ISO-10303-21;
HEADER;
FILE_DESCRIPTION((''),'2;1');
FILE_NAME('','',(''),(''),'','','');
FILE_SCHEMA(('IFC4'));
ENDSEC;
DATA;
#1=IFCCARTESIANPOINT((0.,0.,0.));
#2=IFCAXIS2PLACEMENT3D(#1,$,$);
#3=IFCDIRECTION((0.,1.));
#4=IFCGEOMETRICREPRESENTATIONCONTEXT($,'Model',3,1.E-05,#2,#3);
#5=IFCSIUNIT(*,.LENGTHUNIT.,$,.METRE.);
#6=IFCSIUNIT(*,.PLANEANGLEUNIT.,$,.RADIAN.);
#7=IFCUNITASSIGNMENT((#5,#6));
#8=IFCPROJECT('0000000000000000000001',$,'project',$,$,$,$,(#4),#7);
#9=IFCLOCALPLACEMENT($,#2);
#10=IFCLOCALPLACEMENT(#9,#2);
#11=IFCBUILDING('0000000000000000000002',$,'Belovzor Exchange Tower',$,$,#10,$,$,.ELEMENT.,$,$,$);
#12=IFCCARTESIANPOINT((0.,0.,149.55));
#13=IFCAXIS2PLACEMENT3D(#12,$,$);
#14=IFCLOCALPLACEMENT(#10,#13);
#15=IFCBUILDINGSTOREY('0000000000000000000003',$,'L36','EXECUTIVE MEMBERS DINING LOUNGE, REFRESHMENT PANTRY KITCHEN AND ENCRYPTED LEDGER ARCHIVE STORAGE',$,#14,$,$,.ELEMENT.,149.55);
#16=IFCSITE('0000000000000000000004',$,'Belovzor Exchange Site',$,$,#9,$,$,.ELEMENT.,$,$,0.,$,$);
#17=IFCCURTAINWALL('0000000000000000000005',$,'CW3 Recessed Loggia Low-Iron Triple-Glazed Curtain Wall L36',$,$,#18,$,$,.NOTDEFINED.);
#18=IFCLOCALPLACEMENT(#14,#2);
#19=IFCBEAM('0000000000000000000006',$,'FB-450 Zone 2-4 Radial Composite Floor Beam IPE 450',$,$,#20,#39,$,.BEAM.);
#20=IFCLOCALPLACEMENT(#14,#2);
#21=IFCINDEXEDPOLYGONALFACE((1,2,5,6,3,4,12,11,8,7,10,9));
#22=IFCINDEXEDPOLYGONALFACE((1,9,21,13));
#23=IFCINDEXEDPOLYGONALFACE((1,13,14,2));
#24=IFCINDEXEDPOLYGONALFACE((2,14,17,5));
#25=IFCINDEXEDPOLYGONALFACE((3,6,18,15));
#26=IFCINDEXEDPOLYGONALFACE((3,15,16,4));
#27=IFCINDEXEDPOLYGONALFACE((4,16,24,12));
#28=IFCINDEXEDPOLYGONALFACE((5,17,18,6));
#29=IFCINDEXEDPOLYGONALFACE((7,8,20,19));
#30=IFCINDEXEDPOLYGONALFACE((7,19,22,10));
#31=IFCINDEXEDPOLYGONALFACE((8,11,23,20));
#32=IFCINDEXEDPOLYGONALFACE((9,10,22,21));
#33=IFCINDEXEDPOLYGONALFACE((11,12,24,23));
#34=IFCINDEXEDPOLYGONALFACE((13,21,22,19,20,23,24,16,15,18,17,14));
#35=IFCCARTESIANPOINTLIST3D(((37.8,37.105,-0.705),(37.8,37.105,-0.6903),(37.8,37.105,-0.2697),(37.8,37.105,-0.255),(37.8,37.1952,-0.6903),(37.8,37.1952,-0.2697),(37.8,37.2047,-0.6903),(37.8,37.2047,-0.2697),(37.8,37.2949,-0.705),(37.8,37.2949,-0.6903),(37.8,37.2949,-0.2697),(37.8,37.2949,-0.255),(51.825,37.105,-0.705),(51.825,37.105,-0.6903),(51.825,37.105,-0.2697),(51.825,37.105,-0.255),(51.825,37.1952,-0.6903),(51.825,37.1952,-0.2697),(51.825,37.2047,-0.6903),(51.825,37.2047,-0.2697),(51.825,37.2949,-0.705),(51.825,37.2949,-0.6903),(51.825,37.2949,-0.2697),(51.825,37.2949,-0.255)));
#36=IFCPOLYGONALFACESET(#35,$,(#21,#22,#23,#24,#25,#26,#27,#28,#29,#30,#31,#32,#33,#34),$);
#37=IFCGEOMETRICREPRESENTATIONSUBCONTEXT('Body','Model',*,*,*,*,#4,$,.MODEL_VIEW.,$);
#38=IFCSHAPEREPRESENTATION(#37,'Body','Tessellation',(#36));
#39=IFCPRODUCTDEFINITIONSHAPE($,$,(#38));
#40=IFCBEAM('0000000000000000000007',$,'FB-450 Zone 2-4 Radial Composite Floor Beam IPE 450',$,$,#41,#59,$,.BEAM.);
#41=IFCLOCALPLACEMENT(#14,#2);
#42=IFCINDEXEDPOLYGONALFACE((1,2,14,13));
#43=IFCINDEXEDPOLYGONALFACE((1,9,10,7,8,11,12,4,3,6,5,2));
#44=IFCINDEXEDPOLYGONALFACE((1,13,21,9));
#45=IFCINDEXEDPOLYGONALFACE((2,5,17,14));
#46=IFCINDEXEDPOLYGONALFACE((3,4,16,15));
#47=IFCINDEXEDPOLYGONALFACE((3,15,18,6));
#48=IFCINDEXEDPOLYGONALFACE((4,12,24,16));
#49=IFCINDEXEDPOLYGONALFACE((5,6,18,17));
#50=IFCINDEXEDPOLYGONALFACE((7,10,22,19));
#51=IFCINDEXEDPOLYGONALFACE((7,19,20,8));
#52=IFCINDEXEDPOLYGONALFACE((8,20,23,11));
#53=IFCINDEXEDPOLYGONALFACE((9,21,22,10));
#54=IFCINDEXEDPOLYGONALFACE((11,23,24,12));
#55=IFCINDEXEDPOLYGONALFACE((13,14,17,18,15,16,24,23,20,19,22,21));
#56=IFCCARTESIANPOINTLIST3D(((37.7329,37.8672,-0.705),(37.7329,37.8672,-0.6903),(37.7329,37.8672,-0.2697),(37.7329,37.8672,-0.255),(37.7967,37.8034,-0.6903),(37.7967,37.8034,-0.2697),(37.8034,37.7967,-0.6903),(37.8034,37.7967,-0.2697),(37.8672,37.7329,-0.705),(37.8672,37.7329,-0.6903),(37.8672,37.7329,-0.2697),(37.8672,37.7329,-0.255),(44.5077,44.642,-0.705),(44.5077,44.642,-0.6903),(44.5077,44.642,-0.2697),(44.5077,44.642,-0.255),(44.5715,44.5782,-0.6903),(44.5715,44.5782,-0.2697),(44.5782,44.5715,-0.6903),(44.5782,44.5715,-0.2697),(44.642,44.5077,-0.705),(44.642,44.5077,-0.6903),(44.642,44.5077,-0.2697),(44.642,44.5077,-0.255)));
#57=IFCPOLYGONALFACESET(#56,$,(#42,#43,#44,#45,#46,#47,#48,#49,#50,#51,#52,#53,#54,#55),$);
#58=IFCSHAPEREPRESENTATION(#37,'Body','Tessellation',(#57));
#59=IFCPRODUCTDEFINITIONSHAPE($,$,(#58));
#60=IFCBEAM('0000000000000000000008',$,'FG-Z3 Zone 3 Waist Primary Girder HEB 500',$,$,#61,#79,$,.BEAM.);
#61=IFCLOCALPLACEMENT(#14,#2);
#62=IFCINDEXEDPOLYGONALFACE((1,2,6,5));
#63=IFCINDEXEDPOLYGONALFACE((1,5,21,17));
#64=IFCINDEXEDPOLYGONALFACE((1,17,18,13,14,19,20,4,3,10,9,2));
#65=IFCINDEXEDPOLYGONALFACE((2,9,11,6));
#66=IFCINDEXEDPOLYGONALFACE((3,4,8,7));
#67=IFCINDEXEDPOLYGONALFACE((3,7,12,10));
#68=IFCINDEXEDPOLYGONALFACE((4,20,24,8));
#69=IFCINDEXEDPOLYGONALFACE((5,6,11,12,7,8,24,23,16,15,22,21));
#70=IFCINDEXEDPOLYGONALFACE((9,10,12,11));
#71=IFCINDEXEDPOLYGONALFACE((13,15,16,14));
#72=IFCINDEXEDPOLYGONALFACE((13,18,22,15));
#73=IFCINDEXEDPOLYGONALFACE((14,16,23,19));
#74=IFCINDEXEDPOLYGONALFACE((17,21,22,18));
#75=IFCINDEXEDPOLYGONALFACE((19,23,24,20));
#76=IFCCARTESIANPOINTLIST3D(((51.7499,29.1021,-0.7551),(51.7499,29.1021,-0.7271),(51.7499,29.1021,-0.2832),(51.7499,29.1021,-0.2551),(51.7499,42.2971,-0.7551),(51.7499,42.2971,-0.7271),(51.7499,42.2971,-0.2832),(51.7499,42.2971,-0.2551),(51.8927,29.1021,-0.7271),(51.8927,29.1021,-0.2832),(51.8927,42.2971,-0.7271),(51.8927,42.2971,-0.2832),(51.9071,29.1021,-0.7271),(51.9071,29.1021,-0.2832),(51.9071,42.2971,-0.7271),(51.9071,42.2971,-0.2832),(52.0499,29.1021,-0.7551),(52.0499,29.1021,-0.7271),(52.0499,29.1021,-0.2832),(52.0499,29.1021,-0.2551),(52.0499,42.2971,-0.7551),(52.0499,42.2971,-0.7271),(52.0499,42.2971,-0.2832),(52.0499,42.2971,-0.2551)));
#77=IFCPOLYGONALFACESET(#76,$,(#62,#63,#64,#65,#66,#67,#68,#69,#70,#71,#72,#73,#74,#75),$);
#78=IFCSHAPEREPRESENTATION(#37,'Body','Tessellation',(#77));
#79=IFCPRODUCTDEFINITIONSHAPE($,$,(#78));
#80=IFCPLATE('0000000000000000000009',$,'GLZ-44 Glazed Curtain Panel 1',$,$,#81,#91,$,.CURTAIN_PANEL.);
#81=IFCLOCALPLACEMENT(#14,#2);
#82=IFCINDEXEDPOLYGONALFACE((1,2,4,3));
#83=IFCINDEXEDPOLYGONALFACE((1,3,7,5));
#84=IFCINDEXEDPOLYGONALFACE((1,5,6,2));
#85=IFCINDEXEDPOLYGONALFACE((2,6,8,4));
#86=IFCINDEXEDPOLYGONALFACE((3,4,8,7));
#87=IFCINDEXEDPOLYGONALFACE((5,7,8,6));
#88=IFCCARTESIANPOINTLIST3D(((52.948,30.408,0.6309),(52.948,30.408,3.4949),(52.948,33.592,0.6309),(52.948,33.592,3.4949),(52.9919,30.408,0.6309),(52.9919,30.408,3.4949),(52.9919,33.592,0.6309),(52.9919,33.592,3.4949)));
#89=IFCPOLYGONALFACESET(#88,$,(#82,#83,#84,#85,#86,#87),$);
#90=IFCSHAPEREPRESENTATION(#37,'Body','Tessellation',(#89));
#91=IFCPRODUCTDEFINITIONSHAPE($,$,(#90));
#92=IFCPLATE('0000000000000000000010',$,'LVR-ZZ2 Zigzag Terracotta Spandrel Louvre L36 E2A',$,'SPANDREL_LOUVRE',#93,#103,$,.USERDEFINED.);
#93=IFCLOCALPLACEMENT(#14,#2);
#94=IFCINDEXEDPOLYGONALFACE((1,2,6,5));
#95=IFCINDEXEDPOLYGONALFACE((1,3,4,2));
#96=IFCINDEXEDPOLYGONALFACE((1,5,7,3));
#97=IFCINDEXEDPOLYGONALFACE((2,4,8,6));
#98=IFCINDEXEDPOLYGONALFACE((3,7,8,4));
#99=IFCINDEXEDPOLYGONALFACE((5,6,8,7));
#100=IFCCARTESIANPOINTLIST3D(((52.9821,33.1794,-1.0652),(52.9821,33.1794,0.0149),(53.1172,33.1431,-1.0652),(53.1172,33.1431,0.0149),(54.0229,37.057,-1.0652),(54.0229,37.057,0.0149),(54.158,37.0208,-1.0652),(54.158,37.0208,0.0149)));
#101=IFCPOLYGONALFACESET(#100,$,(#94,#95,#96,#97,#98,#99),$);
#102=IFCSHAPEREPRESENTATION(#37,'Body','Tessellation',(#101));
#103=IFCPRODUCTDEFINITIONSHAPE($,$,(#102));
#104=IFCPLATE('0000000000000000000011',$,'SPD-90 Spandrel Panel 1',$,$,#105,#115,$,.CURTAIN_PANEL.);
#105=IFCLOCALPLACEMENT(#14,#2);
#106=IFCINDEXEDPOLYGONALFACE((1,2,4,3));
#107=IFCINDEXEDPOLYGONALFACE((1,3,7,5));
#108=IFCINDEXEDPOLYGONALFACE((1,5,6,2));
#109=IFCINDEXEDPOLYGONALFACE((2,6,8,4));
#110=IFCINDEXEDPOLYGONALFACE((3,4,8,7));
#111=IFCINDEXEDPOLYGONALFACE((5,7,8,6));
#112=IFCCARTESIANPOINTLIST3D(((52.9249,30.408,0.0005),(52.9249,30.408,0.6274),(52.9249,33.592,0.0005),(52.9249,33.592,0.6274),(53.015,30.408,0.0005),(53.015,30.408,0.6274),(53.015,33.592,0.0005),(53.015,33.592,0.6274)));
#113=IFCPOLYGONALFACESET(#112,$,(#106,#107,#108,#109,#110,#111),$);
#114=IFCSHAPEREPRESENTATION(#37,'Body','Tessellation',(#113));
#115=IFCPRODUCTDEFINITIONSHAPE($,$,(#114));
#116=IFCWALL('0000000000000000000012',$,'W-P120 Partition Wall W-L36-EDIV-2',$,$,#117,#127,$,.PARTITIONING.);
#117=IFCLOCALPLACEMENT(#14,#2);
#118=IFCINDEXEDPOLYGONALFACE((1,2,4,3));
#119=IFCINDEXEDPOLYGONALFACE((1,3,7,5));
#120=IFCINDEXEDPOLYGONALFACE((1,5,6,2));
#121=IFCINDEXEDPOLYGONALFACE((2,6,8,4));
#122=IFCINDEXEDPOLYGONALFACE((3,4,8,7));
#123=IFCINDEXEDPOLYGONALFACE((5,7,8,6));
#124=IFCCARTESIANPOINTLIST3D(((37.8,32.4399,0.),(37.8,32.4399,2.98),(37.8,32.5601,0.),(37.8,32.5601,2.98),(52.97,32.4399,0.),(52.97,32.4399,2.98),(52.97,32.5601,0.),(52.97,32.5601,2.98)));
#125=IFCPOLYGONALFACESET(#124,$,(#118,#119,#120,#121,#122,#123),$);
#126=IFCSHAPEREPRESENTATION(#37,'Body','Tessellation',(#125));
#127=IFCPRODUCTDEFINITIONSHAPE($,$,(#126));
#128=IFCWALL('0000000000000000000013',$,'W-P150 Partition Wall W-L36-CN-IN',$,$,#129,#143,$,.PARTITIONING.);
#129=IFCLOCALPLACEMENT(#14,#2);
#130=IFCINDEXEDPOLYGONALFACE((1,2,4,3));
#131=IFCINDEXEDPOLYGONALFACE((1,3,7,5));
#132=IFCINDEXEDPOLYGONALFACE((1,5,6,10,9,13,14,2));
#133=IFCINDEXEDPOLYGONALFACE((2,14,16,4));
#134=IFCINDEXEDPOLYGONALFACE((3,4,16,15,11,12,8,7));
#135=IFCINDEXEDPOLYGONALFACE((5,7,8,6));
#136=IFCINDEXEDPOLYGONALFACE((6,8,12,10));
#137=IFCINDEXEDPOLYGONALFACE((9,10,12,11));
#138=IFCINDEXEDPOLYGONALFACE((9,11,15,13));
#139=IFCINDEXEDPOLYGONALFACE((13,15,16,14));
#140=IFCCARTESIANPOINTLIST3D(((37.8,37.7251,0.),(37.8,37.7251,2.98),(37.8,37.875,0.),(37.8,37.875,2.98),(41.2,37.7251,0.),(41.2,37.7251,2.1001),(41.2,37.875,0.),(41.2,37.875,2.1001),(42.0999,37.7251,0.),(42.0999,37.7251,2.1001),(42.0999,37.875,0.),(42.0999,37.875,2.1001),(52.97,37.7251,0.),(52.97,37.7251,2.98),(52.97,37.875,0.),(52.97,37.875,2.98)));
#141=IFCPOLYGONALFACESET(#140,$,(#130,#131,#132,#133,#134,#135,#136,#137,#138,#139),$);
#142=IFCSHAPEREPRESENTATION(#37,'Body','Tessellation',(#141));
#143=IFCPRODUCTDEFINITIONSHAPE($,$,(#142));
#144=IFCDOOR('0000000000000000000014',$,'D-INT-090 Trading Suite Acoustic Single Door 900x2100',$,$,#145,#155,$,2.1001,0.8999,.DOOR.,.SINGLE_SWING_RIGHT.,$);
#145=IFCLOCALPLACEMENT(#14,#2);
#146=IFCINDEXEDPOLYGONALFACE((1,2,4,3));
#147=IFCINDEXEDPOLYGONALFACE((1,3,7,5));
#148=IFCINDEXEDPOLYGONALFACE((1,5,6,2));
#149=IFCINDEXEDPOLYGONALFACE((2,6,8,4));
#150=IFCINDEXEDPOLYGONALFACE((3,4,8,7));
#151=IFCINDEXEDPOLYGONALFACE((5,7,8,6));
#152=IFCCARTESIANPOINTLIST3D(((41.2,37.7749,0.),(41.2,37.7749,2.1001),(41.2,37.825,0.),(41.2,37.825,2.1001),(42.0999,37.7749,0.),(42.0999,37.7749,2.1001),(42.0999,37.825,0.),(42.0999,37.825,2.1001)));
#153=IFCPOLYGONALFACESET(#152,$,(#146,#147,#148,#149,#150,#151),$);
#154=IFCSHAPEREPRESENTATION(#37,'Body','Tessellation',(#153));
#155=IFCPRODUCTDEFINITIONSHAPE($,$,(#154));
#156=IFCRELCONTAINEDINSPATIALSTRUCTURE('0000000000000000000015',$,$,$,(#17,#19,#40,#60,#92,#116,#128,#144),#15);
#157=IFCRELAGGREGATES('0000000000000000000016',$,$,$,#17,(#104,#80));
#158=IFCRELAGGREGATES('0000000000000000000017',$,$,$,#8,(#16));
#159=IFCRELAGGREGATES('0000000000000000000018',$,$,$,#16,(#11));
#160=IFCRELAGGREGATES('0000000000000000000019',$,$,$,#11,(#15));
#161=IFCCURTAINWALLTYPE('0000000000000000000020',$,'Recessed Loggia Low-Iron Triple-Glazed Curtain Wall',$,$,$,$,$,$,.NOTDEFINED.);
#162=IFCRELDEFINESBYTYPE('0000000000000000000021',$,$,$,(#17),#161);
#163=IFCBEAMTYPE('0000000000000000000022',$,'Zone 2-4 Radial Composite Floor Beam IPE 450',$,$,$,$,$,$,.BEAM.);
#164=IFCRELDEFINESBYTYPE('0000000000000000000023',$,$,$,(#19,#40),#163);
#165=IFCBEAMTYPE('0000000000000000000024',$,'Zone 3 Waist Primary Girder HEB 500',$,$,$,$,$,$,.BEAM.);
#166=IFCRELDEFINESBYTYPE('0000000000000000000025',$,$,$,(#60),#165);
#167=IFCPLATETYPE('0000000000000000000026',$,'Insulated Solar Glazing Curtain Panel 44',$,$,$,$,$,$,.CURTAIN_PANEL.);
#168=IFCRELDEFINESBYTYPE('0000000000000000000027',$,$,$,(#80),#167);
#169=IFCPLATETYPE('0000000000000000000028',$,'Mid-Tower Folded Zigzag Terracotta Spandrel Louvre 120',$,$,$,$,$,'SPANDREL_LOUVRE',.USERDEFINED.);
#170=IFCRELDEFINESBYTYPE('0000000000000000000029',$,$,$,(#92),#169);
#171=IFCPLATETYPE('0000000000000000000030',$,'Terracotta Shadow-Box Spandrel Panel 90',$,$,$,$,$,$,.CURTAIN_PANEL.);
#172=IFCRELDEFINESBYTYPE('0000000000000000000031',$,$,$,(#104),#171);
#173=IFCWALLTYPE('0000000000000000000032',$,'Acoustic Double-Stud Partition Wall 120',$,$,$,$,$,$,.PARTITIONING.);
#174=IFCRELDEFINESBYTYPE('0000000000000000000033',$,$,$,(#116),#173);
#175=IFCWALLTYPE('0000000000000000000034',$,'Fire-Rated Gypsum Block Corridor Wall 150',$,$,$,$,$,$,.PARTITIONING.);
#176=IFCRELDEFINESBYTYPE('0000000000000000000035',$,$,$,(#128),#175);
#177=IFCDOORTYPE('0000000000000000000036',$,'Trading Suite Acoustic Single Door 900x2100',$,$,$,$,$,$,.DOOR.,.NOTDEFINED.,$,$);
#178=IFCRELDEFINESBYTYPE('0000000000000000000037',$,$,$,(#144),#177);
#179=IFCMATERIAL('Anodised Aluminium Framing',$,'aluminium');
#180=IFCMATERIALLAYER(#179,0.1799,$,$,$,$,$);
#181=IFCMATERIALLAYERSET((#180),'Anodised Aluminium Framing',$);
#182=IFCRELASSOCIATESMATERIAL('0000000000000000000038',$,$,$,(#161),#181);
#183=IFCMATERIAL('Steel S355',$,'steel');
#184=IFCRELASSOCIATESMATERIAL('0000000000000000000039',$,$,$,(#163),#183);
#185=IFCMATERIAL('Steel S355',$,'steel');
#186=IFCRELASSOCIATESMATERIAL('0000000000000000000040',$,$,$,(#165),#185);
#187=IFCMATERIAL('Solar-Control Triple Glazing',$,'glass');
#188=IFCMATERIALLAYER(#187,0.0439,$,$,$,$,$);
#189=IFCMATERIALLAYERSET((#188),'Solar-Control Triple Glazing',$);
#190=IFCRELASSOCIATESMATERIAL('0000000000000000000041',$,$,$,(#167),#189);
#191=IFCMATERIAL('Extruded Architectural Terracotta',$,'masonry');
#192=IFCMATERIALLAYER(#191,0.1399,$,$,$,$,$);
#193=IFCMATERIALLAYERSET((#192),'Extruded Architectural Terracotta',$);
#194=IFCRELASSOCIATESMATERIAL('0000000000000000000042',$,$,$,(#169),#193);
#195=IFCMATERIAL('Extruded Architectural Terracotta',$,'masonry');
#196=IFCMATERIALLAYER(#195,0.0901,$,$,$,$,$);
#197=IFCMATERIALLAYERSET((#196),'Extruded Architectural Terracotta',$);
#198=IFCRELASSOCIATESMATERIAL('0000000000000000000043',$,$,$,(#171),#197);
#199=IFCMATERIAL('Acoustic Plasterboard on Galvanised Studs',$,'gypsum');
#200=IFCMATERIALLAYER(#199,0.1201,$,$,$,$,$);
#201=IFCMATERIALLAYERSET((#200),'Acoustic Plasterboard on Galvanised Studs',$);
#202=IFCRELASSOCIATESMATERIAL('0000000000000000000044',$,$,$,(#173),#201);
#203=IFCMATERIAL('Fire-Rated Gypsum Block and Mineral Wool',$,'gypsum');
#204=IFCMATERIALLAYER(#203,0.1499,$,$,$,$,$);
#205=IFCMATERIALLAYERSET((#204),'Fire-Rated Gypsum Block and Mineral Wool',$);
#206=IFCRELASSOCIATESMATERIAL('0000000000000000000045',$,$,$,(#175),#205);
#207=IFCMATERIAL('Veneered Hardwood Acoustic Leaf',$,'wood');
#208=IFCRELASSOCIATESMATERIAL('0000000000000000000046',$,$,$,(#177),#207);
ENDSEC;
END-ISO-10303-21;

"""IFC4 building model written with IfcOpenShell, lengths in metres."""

from ifc_helpers import new_model, si_unit, direction, frame, frame_2d, origin, origin_2d, place, context, subcontext, project, spatial, rectangle, i_section, extrude, material, layer, layer_set, material_profile, profile_set, type_object, element, fill, aggregate, save


model = new_model("IFC4")

# Units and contexts
model_context = context("Model", 3, precision=1e-05, world=origin(), true_north=direction((0.0, 1.0)))
body_context = subcontext(model_context, "Body", "Model", "MODEL_VIEW")
ifc_project = project(units=[si_unit("LENGTHUNIT", "METRE"), si_unit("PLANEANGLEUNIT", "RADIAN")], contexts=[model_context])

# Site, building, storey
site_placement = place(None, origin())
site = spatial("IfcSite", under=ifc_project, at=site_placement, Name="Belovzor Exchange Site", CompositionType="ELEMENT", RefElevation=0.0)
building_placement = place(site_placement, origin())
building = spatial("IfcBuilding", under=site, at=building_placement, Name="Belovzor Exchange Tower", CompositionType="ELEMENT")
storey_placement = place(building_placement, frame((0.0, 0.0, 149.55)))
storey = spatial("IfcBuildingStorey", under=building, at=storey_placement, Name="L36", Description="EXECUTIVE MEMBERS DINING LOUNGE, REFRESHMENT PANTRY KITCHEN AND ENCRYPTED LEDGER ARCHIVE STORAGE", CompositionType="ELEMENT", Elevation=149.55)

# Curtain wall
ifc_material_1 = material(Name="Anodised Aluminium Framing", Category="aluminium")
ifc_layer_1 = layer(ifc_material_1, 0.1799)
ifc_layer_set_1 = layer_set([ifc_layer_1], Name="Anodised Aluminium Framing")
curtain_wall_type = type_object("IfcCurtainWallType", Name="Recessed Loggia Low-Iron Triple-Glazed Curtain Wall", PredefinedType="NOTDEFINED", material=ifc_layer_set_1)
curtain_wall_placement = place(storey_placement, origin())
curtain_wall = element("IfcCurtainWall", 1, at=curtain_wall_placement, inside=storey, type_object=curtain_wall_type, Name="CW3 Recessed Loggia Low-Iron Triple-Glazed Curtain Wall L36", PredefinedType="NOTDEFINED")

# Beams
ifc_material_2 = material(Name="Steel S355", Category="steel")
ifc_material_profile_1 = material_profile(ifc_material_2, i_section(OverallWidth=0.1899, OverallDepth=0.45, WebThickness=0.0095, FlangeThickness=0.0146, at=origin_2d()))
ifc_profile_set_1 = profile_set([ifc_material_profile_1], Name="Steel S355")
beam_type_1 = type_object("IfcBeamType", Name="Zone 2-4 Radial Composite Floor Beam IPE 450", PredefinedType="BEAM", material=ifc_profile_set_1)
for number, where, z_axis, x_axis, name in (
    (2, (37.8, 37.2, -0.48), (1.0, 0.0, 0.0), (0.0, 1.0, 0.0), "FB-450 Zone 2-4 Radial Composite Floor Beam IPE 450"),
):
    element("IfcBeam", number, at=place(storey_placement, frame(where, z_axis=z_axis, x_axis=x_axis)), inside=storey, type_object=beam_type_1, Name=name, PredefinedType="BEAM", context=body_context, shape_type="SweptSolid", body=[
        extrude(i_section(OverallWidth=0.1899, OverallDepth=0.45, WebThickness=0.0095, FlangeThickness=0.0146, at=origin_2d()), origin(), (0.0, 0.0, 1.0), 14.0249),
    ])
beam_1_placement = place(storey_placement, frame((37.8, 37.8, -0.48), z_axis=(0.707107, 0.707107, 0.0), x_axis=(-0.707107, 0.707107, 0.0)))
element("IfcBeam", 3, at=beam_1_placement, inside=storey, type_object=beam_type_1, Name="FB-450 Zone 2-4 Radial Composite Floor Beam IPE 450", PredefinedType="BEAM", context=body_context, shape_type="SweptSolid", body=[
    extrude(i_section(OverallWidth=0.1899, OverallDepth=0.45, WebThickness=0.0095, FlangeThickness=0.0146, at=origin_2d()), origin(), (0.0, 0.0, 1.0), 9.5811),
])
ifc_material_3 = material(Name="Steel S355", Category="steel")
ifc_material_profile_2 = material_profile(ifc_material_3, i_section(OverallWidth=0.3, OverallDepth=0.5, WebThickness=0.0144, FlangeThickness=0.0281, at=origin_2d()))
ifc_profile_set_2 = profile_set([ifc_material_profile_2], Name="Steel S355")
beam_type_2 = type_object("IfcBeamType", Name="Zone 3 Waist Primary Girder HEB 500", PredefinedType="BEAM", material=ifc_profile_set_2)
beam_2_placement = place(storey_placement, frame((51.8999, 29.1021, -0.5051), z_axis=(0.0, 1.0, 0.0), x_axis=(-1.0, 0.0, 0.0)))
element("IfcBeam", 4, at=beam_2_placement, inside=storey, type_object=beam_type_2, Name="FG-Z3 Zone 3 Waist Primary Girder HEB 500", PredefinedType="BEAM", context=body_context, shape_type="SweptSolid", body=[
    extrude(i_section(OverallWidth=0.3, OverallDepth=0.5, WebThickness=0.0144, FlangeThickness=0.0281, at=origin_2d()), origin(), (0.0, 0.0, 1.0), 13.1951),
])

# Plates
ifc_material_4 = material(Name="Solar-Control Triple Glazing", Category="glass")
ifc_layer_2 = layer(ifc_material_4, 0.0439)
ifc_layer_set_2 = layer_set([ifc_layer_2], Name="Solar-Control Triple Glazing")
plate_type_1 = type_object("IfcPlateType", Name="Insulated Solar Glazing Curtain Panel 44", PredefinedType="CURTAIN_PANEL", material=ifc_layer_set_2)
plate_1_placement = place(storey_placement, frame((52.97, 32.0, 0.6309), z_axis=(0.0, 0.0, 1.0), x_axis=(0.0, -1.0, 0.0)))
plate_1 = element("IfcPlate", 5, at=plate_1_placement, type_object=plate_type_1, Name="GLZ-44 Glazed Curtain Panel 1", PredefinedType="CURTAIN_PANEL", context=body_context, shape_type="SweptSolid", body=[
    extrude(rectangle(XDim=3.1841, YDim=0.0439, at=origin_2d()), origin(), (0.0, 0.0, 1.0), 2.864),
])
ifc_material_5 = material(Name="Extruded Architectural Terracotta", Category="masonry")
ifc_layer_3 = layer(ifc_material_5, 0.1399)
ifc_layer_set_3 = layer_set([ifc_layer_3], Name="Extruded Architectural Terracotta")
plate_type_2 = type_object("IfcPlateType", Name="Mid-Tower Folded Zigzag Terracotta Spandrel Louvre 120", ElementType="SPANDREL_LOUVRE", PredefinedType="USERDEFINED", material=ifc_layer_set_3)
plate_2_placement = place(storey_placement, frame((53.5701, 35.1001, -1.0652), z_axis=(0.0, 0.0, 1.0), x_axis=(0.25924, 0.965813, 0.0)))
element("IfcPlate", 6, at=plate_2_placement, inside=storey, type_object=plate_type_2, Name="LVR-ZZ2 Zigzag Terracotta Spandrel Louvre L36 E2A", ObjectType="SPANDREL_LOUVRE", PredefinedType="USERDEFINED", context=body_context, shape_type="SweptSolid", body=[
    extrude(rectangle(XDim=4.0149, YDim=0.1399, at=origin_2d()), origin(), (0.0, 0.0, 1.0), 1.0801),
])
ifc_material_6 = material(Name="Extruded Architectural Terracotta", Category="masonry")
ifc_layer_4 = layer(ifc_material_6, 0.0901)
ifc_layer_set_4 = layer_set([ifc_layer_4], Name="Extruded Architectural Terracotta")
plate_type_3 = type_object("IfcPlateType", Name="Terracotta Shadow-Box Spandrel Panel 90", PredefinedType="CURTAIN_PANEL", material=ifc_layer_set_4)
plate_3_placement = place(storey_placement, frame((52.97, 32.0, 0.0005), z_axis=(0.0, 0.0, 1.0), x_axis=(0.0, -1.0, 0.0)))
plate_3 = element("IfcPlate", 7, at=plate_3_placement, type_object=plate_type_3, Name="SPD-90 Spandrel Panel 1", PredefinedType="CURTAIN_PANEL", context=body_context, shape_type="SweptSolid", body=[
    extrude(rectangle(XDim=3.1841, YDim=0.0901, at=origin_2d()), origin(), (0.0, 0.0, 1.0), 0.627),
])
aggregate(curtain_wall, [plate_3, plate_1])

# Wall
ifc_material_7 = material(Name="Acoustic Plasterboard on Galvanised Studs", Category="gypsum")
ifc_layer_5 = layer(ifc_material_7, 0.1201)
ifc_layer_set_5 = layer_set([ifc_layer_5], Name="Acoustic Plasterboard on Galvanised Studs")
wall_type_1 = type_object("IfcWallType", Name="Acoustic Double-Stud Partition Wall 120", PredefinedType="PARTITIONING", material=ifc_layer_set_5)
wall_1_placement = place(storey_placement, frame((37.8, 32.5, 0.0), z_axis=(0.0, 0.0, 1.0), x_axis=(1.0, 0.0, 0.0)))
element("IfcWall", 8, at=wall_1_placement, inside=storey, type_object=wall_type_1, Name="W-P120 Partition Wall W-L36-EDIV-2", PredefinedType="PARTITIONING", context=body_context, shape_type="SweptSolid", body=[
    extrude(rectangle(XDim=15.1699, YDim=0.1201, at=frame_2d((7.585, 0.0))), origin(), (0.0, 0.0, 1.0), 2.98),
])

# Wall, opening, door
ifc_material_8 = material(Name="Fire-Rated Gypsum Block and Mineral Wool", Category="gypsum")
ifc_layer_6 = layer(ifc_material_8, 0.1499)
ifc_layer_set_6 = layer_set([ifc_layer_6], Name="Fire-Rated Gypsum Block and Mineral Wool")
wall_type_2 = type_object("IfcWallType", Name="Fire-Rated Gypsum Block Corridor Wall 150", PredefinedType="PARTITIONING", material=ifc_layer_set_6)
wall_2_placement = place(storey_placement, frame((37.8, 37.8, 0.0), z_axis=(0.0, 0.0, 1.0), x_axis=(1.0, 0.0, 0.0)))
wall_2 = element("IfcWall", 9, at=wall_2_placement, inside=storey, type_object=wall_type_2, Name="W-P150 Partition Wall W-L36-CN-IN", PredefinedType="PARTITIONING", context=body_context, shape_type="SweptSolid", body=[
    extrude(rectangle(XDim=15.1699, YDim=0.1499, at=frame_2d((7.585, 0.0))), origin(), (0.0, 0.0, 1.0), 2.98),
])
opening_placement = place(wall_2_placement, frame((3.3999, 0.0, 0.0)))
opening = element("IfcOpeningElement", 10, at=opening_placement, cuts=wall_2, PredefinedType="OPENING", context=body_context, shape_type="SweptSolid", body=[
    extrude(rectangle(XDim=0.8999, YDim=2.1001, at=frame_2d((0.45, 1.05))), frame((0.0, 0.085, 0.0), z_axis=(0.0, -1.0, 0.0), x_axis=(1.0, 0.0, 0.0)), (0.0, 0.0, 1.0), 0.1699),
])
ifc_material_9 = material(Name="Veneered Hardwood Acoustic Leaf", Category="wood")
door_type = type_object("IfcDoorType", Name="Trading Suite Acoustic Single Door 900x2100", OperationType="NOTDEFINED", PredefinedType="DOOR", material=ifc_material_9)
door_placement = place(opening_placement, origin())
door = element("IfcDoor", 11, at=door_placement, inside=storey, type_object=door_type, Name="D-INT-090 Trading Suite Acoustic Single Door 900x2100", OperationType="SINGLE_SWING_RIGHT", OverallHeight=2.1001, OverallWidth=0.8999, PredefinedType="DOOR", context=body_context, shape_type="SweptSolid", body=[
    extrude(rectangle(XDim=0.8999, YDim=2.1001, at=frame_2d((0.45, 1.05))), frame((0.0, 0.0249, 0.0), z_axis=(0.0, -1.0, 0.0), x_axis=(1.0, 0.0, 0.0)), (0.0, 0.0, 1.0), 0.05),
])
fill(opening, door)

save(model, "model.ifc")
